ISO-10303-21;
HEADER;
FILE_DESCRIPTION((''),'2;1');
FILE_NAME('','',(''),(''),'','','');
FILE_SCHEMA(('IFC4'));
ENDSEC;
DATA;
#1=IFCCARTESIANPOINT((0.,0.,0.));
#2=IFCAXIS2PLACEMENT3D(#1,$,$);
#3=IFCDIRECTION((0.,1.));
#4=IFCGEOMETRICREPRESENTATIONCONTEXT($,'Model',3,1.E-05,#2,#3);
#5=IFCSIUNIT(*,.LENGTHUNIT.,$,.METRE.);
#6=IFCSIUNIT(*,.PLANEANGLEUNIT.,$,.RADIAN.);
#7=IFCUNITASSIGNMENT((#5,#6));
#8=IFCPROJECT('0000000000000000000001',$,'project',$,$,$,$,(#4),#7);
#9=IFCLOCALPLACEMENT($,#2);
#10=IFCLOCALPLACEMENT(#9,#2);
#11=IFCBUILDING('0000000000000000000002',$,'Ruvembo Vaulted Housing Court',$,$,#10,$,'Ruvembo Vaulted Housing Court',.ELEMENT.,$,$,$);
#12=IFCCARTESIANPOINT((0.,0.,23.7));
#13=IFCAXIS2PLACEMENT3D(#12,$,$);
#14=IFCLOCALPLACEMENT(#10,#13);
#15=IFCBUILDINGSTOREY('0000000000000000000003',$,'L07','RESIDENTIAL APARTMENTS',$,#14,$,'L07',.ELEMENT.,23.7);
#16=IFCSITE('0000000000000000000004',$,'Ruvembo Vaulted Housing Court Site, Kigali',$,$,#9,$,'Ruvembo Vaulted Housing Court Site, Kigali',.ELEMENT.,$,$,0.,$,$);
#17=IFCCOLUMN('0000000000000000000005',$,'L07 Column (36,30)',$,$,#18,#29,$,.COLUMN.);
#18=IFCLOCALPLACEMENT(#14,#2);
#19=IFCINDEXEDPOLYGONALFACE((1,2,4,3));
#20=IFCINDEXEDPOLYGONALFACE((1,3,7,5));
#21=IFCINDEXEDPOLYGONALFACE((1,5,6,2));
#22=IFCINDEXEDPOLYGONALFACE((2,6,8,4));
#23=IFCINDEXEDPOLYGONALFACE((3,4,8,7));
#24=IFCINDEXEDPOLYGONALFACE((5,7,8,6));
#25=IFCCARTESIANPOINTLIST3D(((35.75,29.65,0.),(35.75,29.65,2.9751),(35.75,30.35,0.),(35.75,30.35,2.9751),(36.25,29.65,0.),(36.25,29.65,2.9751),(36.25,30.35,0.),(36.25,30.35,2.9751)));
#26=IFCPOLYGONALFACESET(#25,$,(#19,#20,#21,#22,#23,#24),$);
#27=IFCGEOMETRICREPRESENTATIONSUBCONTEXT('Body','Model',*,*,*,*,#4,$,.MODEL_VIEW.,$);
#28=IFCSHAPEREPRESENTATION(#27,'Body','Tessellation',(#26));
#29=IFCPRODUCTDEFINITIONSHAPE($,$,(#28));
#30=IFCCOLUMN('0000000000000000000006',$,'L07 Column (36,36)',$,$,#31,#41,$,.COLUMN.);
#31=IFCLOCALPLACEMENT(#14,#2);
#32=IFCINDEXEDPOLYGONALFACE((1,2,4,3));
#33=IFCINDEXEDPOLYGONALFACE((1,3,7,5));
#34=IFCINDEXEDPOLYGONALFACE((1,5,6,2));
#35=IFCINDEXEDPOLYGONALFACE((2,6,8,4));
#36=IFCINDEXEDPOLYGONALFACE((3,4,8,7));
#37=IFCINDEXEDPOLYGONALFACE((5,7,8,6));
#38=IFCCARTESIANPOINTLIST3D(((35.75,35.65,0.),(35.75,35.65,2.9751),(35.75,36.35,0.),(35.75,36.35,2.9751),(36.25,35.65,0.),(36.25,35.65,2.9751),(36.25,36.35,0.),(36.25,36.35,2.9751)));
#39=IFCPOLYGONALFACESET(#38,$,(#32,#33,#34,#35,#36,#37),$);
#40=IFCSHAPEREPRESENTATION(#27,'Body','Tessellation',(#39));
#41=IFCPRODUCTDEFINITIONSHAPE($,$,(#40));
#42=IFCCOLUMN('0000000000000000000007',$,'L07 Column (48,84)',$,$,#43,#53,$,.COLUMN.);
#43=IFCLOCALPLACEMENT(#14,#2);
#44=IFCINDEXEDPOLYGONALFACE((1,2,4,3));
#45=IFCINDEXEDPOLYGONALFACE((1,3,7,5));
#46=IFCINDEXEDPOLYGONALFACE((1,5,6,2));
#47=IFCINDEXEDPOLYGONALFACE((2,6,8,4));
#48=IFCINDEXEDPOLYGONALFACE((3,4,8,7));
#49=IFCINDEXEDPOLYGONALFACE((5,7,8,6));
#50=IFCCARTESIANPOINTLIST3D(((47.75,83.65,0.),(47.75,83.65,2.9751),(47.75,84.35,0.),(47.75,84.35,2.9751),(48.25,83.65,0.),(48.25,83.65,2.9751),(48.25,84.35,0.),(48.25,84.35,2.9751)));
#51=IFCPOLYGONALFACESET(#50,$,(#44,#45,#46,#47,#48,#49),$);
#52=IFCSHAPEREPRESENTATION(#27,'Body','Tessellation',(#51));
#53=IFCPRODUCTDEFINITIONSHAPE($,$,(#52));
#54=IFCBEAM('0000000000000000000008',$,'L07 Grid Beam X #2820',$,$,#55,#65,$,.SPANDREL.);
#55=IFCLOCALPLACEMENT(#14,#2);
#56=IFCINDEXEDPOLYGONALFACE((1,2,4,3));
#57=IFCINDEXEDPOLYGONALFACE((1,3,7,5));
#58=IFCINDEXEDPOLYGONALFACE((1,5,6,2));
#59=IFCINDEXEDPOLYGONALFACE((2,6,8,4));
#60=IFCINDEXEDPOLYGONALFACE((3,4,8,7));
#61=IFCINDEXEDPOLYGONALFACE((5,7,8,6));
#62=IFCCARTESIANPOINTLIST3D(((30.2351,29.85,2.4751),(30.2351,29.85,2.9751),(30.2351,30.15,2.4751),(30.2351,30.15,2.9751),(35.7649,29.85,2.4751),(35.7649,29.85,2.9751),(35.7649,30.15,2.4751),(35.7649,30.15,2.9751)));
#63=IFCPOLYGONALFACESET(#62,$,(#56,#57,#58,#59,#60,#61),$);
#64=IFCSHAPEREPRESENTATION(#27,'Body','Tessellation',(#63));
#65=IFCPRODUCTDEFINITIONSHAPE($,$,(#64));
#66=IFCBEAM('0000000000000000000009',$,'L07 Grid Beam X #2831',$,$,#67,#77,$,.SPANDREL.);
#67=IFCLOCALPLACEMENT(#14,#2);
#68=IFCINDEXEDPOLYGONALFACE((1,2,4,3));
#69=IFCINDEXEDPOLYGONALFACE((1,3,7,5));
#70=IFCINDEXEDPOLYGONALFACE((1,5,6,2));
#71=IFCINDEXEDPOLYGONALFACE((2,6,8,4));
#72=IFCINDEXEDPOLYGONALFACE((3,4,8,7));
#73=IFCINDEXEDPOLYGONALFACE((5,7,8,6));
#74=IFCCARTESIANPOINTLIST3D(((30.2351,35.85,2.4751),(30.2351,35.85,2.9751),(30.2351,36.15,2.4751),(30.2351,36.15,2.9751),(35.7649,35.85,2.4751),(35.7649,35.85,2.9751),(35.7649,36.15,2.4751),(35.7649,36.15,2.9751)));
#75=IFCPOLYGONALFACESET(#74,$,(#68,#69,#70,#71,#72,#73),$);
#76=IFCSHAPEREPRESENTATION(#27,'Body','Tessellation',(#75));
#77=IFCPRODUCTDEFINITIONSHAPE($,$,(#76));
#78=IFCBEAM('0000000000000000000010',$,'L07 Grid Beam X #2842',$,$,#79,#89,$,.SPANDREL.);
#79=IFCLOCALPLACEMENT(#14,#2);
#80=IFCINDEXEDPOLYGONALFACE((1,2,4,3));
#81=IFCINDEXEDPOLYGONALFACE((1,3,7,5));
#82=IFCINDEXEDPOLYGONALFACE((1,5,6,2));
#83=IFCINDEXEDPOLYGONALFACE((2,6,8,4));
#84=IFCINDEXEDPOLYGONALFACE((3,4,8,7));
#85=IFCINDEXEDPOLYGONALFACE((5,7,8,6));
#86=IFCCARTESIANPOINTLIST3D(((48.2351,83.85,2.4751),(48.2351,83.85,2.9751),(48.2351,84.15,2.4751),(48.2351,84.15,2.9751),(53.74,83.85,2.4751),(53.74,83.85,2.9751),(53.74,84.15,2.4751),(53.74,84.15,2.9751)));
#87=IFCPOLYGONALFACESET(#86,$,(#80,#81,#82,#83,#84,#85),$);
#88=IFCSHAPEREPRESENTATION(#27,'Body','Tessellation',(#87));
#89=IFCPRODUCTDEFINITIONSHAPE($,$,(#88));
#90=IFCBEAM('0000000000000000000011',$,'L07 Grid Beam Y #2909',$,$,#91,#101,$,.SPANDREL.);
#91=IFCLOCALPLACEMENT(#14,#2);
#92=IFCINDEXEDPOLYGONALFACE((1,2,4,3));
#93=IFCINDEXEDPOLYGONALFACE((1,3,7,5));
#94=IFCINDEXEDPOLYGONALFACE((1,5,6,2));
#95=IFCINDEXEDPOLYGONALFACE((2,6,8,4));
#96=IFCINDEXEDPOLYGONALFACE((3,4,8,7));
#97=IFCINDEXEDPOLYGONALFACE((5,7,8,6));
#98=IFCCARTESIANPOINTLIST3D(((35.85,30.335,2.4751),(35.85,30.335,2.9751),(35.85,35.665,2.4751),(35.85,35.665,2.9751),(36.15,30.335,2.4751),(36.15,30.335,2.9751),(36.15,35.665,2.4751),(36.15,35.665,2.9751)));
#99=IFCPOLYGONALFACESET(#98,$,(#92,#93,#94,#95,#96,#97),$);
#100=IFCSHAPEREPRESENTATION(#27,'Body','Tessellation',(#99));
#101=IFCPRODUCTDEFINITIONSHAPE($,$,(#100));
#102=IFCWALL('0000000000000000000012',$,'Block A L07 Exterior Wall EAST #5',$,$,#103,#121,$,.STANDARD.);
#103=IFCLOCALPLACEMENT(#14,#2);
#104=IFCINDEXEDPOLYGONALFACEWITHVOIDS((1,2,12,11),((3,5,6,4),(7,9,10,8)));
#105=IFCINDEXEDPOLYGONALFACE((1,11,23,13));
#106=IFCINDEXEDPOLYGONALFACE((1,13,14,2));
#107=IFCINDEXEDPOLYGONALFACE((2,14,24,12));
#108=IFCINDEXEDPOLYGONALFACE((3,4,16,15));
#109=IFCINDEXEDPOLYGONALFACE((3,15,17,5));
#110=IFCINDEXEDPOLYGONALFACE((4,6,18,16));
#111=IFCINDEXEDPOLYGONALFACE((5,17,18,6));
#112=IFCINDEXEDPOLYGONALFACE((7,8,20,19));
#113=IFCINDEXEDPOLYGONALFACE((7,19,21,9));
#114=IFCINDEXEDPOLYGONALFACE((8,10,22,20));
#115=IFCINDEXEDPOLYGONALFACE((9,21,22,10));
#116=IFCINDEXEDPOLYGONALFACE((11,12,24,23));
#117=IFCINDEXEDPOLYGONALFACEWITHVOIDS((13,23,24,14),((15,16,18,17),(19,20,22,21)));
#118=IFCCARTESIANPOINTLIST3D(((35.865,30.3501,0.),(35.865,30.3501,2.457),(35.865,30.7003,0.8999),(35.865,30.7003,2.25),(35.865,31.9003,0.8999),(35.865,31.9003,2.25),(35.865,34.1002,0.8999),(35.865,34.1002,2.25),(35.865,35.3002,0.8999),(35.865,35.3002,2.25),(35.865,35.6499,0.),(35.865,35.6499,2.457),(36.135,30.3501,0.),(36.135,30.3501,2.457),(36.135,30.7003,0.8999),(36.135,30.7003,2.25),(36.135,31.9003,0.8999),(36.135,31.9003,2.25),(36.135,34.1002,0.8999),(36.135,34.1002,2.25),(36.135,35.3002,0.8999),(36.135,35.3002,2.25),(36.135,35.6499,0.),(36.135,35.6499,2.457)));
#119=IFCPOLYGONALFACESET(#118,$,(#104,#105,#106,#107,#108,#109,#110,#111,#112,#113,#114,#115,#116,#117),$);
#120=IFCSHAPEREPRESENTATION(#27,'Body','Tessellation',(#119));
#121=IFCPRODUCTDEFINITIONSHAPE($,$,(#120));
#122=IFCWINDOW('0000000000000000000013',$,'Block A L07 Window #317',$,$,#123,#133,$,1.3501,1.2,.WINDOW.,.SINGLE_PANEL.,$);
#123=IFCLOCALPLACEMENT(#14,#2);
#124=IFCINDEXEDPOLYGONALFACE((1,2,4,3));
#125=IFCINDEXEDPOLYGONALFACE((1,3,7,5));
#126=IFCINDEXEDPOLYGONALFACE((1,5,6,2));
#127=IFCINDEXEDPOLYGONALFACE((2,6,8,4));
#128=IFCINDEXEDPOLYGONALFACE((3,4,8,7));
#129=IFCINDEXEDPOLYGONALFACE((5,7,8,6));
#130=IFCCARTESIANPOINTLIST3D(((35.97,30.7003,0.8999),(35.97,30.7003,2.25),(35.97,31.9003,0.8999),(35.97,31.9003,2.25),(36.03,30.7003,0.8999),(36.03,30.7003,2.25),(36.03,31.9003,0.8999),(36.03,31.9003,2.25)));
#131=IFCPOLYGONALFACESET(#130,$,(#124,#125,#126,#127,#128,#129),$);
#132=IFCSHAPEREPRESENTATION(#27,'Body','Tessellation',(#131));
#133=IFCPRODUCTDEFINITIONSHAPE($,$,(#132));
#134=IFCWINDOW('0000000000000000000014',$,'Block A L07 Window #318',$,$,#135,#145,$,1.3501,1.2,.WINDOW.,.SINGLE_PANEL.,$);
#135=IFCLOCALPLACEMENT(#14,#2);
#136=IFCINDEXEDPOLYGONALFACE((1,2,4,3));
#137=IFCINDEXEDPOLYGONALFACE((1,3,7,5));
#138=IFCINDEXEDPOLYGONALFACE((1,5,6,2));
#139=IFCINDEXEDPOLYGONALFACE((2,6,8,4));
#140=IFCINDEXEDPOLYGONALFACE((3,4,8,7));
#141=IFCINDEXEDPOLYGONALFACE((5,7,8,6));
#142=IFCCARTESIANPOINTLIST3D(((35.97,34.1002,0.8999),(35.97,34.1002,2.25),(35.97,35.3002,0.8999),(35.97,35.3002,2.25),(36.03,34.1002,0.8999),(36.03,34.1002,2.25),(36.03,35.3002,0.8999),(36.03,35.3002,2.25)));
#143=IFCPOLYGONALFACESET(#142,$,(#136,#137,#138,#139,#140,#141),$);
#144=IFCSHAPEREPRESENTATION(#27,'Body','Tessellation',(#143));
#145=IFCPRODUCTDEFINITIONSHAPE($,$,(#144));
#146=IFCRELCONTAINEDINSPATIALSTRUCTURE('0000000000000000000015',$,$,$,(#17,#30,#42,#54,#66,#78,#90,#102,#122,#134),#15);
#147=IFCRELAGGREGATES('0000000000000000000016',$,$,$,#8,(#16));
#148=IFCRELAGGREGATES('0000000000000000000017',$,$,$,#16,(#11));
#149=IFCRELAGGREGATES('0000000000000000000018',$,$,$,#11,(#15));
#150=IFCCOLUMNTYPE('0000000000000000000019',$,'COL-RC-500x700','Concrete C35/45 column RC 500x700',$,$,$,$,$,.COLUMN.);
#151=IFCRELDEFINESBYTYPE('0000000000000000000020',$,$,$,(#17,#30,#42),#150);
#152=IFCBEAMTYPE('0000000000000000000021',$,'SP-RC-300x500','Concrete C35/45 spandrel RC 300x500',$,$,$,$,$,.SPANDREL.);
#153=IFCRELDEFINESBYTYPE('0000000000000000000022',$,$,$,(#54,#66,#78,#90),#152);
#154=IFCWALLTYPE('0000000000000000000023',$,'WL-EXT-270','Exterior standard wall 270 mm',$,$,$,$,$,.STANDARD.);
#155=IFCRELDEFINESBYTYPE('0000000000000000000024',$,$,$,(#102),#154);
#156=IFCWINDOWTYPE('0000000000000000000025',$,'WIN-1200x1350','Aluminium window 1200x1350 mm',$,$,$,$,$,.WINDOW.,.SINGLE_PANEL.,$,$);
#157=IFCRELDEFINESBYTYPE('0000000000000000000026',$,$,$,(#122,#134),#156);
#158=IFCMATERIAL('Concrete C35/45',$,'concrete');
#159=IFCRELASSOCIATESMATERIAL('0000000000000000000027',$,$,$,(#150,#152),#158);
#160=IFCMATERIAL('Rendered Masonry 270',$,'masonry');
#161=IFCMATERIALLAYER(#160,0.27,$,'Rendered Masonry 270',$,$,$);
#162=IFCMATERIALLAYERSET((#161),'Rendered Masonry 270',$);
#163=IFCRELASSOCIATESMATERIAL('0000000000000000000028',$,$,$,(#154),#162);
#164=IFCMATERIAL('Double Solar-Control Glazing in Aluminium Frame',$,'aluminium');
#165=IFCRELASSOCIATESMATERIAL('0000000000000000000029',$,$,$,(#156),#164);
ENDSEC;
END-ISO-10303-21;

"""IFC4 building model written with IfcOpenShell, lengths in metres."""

from ifc_helpers import new_model, si_unit, direction, frame, frame_2d, origin, origin_2d, place, context, subcontext, project, spatial, rectangle, extrude, material, layer, layer_set, material_profile, profile_set, type_object, element, fill, save


model = new_model("IFC4")

# Units and contexts
model_context = context("Model", 3, precision=1e-05, world=origin(), true_north=direction((0.0, 1.0)))
body_context = subcontext(model_context, "Body", "Model", "MODEL_VIEW")
ifc_project = project(units=[si_unit("LENGTHUNIT", "METRE"), si_unit("PLANEANGLEUNIT", "RADIAN")], contexts=[model_context])

# Site, building, storey
site_placement = place(None, origin())
site = spatial("IfcSite", under=ifc_project, at=site_placement, Name="Ruvembo Vaulted Housing Court Site, Kigali", LongName="Ruvembo Vaulted Housing Court Site, Kigali", CompositionType="ELEMENT", RefElevation=0.0)
building_placement = place(site_placement, origin())
building = spatial("IfcBuilding", under=site, at=building_placement, Name="Ruvembo Vaulted Housing Court", LongName="Ruvembo Vaulted Housing Court", CompositionType="ELEMENT")
storey_placement = place(building_placement, frame((0.0, 0.0, 23.7)))
storey = spatial("IfcBuildingStorey", under=building, at=storey_placement, Name="L07", Description="RESIDENTIAL APARTMENTS", LongName="L07", CompositionType="ELEMENT", Elevation=23.7)

# Columns
ifc_material_1 = material(Name="Concrete C35/45", Category="concrete")
ifc_material_profile_1 = material_profile(ifc_material_1, rectangle(XDim=0.5, YDim=0.7, at=origin_2d()), Name="RC 500x700")
ifc_profile_set_1 = profile_set([ifc_material_profile_1], Name="Concrete C35/45")
column_type = type_object("IfcColumnType", Name="COL-RC-500x700", Description="Concrete C35/45 column RC 500x700", PredefinedType="COLUMN", material=ifc_profile_set_1)
for number, where, z_axis, x_axis, name in (
    (1, (36.0, 30.0, 0.0), (0.0, 0.0, 1.0), (1.0, 0.0, 0.0), "L07 Column (36,30)"),
    (2, (36.0, 36.0, 0.0), (0.0, 0.0, 1.0), (1.0, 0.0, 0.0), "L07 Column (36,36)"),
    (3, (48.0, 84.0, 0.0), (0.0, 0.0, 1.0), (1.0, 0.0, 0.0), "L07 Column (48,84)"),
):
    element("IfcColumn", number, at=place(storey_placement, frame(where, z_axis=z_axis, x_axis=x_axis)), inside=storey, type_object=column_type, Name=name, PredefinedType="COLUMN", context=body_context, shape_type="SweptSolid", body=[
        extrude(rectangle(XDim=0.5, YDim=0.7, at=origin_2d()), origin(), (0.0, 0.0, 1.0), 2.9751),
    ])

# Beams
ifc_material_profile_2 = material_profile(ifc_material_1, rectangle(XDim=0.3, YDim=0.5, at=origin_2d()), Name="RC 300x500")
ifc_profile_set_2 = profile_set([ifc_material_profile_2], Name="Concrete C35/45")
beam_type = type_object("IfcBeamType", Name="SP-RC-300x500", Description="Concrete C35/45 spandrel RC 300x500", PredefinedType="SPANDREL", material=ifc_profile_set_2)
for number, where, z_axis, x_axis, name in (
    (4, (30.2351, 30.0, 2.7251), (1.0, 0.0, 0.0), (0.0, 1.0, 0.0), "L07 Grid Beam X #2820"),
    (5, (30.2351, 36.0, 2.7251), (1.0, 0.0, 0.0), (0.0, 1.0, 0.0), "L07 Grid Beam X #2831"),
):
    element("IfcBeam", number, at=place(storey_placement, frame(where, z_axis=z_axis, x_axis=x_axis)), inside=storey, type_object=beam_type, Name=name, PredefinedType="SPANDREL", context=body_context, shape_type="SweptSolid", body=[
        extrude(rectangle(XDim=0.3, YDim=0.5, at=origin_2d()), origin(), (0.0, 0.0, 1.0), 5.5298),
    ])
beam_1_placement = place(storey_placement, frame((48.2351, 84.0, 2.7251), z_axis=(1.0, 0.0, 0.0), x_axis=(0.0, 1.0, 0.0)))
element("IfcBeam", 6, at=beam_1_placement, inside=storey, type_object=beam_type, Name="L07 Grid Beam X #2842", PredefinedType="SPANDREL", context=body_context, shape_type="SweptSolid", body=[
    extrude(rectangle(XDim=0.3, YDim=0.5, at=origin_2d()), origin(), (0.0, 0.0, 1.0), 5.5049),
])
beam_2_placement = place(storey_placement, frame((36.0, 30.335, 2.7251), z_axis=(0.0, 1.0, 0.0), x_axis=(-1.0, 0.0, 0.0)))
element("IfcBeam", 7, at=beam_2_placement, inside=storey, type_object=beam_type, Name="L07 Grid Beam Y #2909", PredefinedType="SPANDREL", context=body_context, shape_type="SweptSolid", body=[
    extrude(rectangle(XDim=0.3, YDim=0.5, at=origin_2d()), origin(), (0.0, 0.0, 1.0), 5.3301),
])

# Wall, openings, windows
ifc_material_2 = material(Name="Rendered Masonry 270", Category="masonry")
ifc_layer_1 = layer(ifc_material_2, 0.27, Name="Rendered Masonry 270")
ifc_layer_set_1 = layer_set([ifc_layer_1], Name="Rendered Masonry 270")
wall_type_1 = type_object("IfcWallType", Name="WL-EXT-270", Description="Exterior standard wall 270 mm", PredefinedType="STANDARD", material=ifc_layer_set_1)
wall_1_placement = place(storey_placement, frame((36.0, 30.3501, 0.0), z_axis=(0.0, 0.0, 1.0), x_axis=(0.0, 1.0, 0.0)))
wall_1 = element("IfcWall", 8, at=wall_1_placement, inside=storey, type_object=wall_type_1, Name="Block A L07 Exterior Wall EAST #5", PredefinedType="STANDARD", context=body_context, shape_type="SweptSolid", body=[
    extrude(rectangle(XDim=5.2998, YDim=0.27, at=frame_2d((2.6499, 0.0))), origin(), (0.0, 0.0, 1.0), 2.457),
])
opening_1_placement = place(wall_1_placement, frame((0.3501, 0.0, 0.8999)))
opening_1 = element("IfcOpeningElement", 9, at=opening_1_placement, cuts=wall_1, PredefinedType="OPENING", context=body_context, shape_type="SweptSolid", body=[
    extrude(rectangle(XDim=1.2, YDim=1.3501, at=frame_2d((0.6001, 0.675))), frame((0.0, 0.145, 0.0), z_axis=(0.0, -1.0, 0.0), x_axis=(1.0, 0.0, 0.0)), (0.0, 0.0, 1.0), 0.29),
])
opening_2_placement = place(wall_1_placement, frame((3.75, 0.0, 0.8999)))
opening_2 = element("IfcOpeningElement", 10, at=opening_2_placement, cuts=wall_1, PredefinedType="OPENING", context=body_context, shape_type="SweptSolid", body=[
    extrude(rectangle(XDim=1.2, YDim=1.3501, at=frame_2d((0.6001, 0.675))), frame((0.0, 0.145, 0.0), z_axis=(0.0, -1.0, 0.0), x_axis=(1.0, 0.0, 0.0)), (0.0, 0.0, 1.0), 0.29),
])
ifc_material_3 = material(Name="Double Solar-Control Glazing in Aluminium Frame", Category="aluminium")
window_type_1 = type_object("IfcWindowType", Name="WIN-1200x1350", Description="Aluminium window 1200x1350 mm", PartitioningType="SINGLE_PANEL", PredefinedType="WINDOW", material=ifc_material_3)
window_1_placement = place(opening_1_placement, origin())
window_1 = element("IfcWindow", 11, at=window_1_placement, inside=storey, type_object=window_type_1, Name="Block A L07 Window #317", OverallHeight=1.3501, OverallWidth=1.2, PartitioningType="SINGLE_PANEL", PredefinedType="WINDOW", context=body_context, shape_type="SweptSolid", body=[
    extrude(rectangle(XDim=1.2, YDim=1.3501, at=frame_2d((0.6001, 0.675))), frame((0.0, 0.03, 0.0), z_axis=(0.0, -1.0, 0.0), x_axis=(1.0, 0.0, 0.0)), (0.0, 0.0, 1.0), 0.0601),
])
fill(opening_1, window_1)
window_2_placement = place(opening_2_placement, origin())
window_2 = element("IfcWindow", 12, at=window_2_placement, inside=storey, type_object=window_type_1, Name="Block A L07 Window #318", OverallHeight=1.3501, OverallWidth=1.2, PartitioningType="SINGLE_PANEL", PredefinedType="WINDOW", context=body_context, shape_type="SweptSolid", body=[
    extrude(rectangle(XDim=1.2, YDim=1.3501, at=frame_2d((0.6001, 0.675))), frame((0.0, 0.03, 0.0), z_axis=(0.0, -1.0, 0.0), x_axis=(1.0, 0.0, 0.0)), (0.0, 0.0, 1.0), 0.0601),
])
fill(opening_2, window_2)

save(model, "model.ifc")
